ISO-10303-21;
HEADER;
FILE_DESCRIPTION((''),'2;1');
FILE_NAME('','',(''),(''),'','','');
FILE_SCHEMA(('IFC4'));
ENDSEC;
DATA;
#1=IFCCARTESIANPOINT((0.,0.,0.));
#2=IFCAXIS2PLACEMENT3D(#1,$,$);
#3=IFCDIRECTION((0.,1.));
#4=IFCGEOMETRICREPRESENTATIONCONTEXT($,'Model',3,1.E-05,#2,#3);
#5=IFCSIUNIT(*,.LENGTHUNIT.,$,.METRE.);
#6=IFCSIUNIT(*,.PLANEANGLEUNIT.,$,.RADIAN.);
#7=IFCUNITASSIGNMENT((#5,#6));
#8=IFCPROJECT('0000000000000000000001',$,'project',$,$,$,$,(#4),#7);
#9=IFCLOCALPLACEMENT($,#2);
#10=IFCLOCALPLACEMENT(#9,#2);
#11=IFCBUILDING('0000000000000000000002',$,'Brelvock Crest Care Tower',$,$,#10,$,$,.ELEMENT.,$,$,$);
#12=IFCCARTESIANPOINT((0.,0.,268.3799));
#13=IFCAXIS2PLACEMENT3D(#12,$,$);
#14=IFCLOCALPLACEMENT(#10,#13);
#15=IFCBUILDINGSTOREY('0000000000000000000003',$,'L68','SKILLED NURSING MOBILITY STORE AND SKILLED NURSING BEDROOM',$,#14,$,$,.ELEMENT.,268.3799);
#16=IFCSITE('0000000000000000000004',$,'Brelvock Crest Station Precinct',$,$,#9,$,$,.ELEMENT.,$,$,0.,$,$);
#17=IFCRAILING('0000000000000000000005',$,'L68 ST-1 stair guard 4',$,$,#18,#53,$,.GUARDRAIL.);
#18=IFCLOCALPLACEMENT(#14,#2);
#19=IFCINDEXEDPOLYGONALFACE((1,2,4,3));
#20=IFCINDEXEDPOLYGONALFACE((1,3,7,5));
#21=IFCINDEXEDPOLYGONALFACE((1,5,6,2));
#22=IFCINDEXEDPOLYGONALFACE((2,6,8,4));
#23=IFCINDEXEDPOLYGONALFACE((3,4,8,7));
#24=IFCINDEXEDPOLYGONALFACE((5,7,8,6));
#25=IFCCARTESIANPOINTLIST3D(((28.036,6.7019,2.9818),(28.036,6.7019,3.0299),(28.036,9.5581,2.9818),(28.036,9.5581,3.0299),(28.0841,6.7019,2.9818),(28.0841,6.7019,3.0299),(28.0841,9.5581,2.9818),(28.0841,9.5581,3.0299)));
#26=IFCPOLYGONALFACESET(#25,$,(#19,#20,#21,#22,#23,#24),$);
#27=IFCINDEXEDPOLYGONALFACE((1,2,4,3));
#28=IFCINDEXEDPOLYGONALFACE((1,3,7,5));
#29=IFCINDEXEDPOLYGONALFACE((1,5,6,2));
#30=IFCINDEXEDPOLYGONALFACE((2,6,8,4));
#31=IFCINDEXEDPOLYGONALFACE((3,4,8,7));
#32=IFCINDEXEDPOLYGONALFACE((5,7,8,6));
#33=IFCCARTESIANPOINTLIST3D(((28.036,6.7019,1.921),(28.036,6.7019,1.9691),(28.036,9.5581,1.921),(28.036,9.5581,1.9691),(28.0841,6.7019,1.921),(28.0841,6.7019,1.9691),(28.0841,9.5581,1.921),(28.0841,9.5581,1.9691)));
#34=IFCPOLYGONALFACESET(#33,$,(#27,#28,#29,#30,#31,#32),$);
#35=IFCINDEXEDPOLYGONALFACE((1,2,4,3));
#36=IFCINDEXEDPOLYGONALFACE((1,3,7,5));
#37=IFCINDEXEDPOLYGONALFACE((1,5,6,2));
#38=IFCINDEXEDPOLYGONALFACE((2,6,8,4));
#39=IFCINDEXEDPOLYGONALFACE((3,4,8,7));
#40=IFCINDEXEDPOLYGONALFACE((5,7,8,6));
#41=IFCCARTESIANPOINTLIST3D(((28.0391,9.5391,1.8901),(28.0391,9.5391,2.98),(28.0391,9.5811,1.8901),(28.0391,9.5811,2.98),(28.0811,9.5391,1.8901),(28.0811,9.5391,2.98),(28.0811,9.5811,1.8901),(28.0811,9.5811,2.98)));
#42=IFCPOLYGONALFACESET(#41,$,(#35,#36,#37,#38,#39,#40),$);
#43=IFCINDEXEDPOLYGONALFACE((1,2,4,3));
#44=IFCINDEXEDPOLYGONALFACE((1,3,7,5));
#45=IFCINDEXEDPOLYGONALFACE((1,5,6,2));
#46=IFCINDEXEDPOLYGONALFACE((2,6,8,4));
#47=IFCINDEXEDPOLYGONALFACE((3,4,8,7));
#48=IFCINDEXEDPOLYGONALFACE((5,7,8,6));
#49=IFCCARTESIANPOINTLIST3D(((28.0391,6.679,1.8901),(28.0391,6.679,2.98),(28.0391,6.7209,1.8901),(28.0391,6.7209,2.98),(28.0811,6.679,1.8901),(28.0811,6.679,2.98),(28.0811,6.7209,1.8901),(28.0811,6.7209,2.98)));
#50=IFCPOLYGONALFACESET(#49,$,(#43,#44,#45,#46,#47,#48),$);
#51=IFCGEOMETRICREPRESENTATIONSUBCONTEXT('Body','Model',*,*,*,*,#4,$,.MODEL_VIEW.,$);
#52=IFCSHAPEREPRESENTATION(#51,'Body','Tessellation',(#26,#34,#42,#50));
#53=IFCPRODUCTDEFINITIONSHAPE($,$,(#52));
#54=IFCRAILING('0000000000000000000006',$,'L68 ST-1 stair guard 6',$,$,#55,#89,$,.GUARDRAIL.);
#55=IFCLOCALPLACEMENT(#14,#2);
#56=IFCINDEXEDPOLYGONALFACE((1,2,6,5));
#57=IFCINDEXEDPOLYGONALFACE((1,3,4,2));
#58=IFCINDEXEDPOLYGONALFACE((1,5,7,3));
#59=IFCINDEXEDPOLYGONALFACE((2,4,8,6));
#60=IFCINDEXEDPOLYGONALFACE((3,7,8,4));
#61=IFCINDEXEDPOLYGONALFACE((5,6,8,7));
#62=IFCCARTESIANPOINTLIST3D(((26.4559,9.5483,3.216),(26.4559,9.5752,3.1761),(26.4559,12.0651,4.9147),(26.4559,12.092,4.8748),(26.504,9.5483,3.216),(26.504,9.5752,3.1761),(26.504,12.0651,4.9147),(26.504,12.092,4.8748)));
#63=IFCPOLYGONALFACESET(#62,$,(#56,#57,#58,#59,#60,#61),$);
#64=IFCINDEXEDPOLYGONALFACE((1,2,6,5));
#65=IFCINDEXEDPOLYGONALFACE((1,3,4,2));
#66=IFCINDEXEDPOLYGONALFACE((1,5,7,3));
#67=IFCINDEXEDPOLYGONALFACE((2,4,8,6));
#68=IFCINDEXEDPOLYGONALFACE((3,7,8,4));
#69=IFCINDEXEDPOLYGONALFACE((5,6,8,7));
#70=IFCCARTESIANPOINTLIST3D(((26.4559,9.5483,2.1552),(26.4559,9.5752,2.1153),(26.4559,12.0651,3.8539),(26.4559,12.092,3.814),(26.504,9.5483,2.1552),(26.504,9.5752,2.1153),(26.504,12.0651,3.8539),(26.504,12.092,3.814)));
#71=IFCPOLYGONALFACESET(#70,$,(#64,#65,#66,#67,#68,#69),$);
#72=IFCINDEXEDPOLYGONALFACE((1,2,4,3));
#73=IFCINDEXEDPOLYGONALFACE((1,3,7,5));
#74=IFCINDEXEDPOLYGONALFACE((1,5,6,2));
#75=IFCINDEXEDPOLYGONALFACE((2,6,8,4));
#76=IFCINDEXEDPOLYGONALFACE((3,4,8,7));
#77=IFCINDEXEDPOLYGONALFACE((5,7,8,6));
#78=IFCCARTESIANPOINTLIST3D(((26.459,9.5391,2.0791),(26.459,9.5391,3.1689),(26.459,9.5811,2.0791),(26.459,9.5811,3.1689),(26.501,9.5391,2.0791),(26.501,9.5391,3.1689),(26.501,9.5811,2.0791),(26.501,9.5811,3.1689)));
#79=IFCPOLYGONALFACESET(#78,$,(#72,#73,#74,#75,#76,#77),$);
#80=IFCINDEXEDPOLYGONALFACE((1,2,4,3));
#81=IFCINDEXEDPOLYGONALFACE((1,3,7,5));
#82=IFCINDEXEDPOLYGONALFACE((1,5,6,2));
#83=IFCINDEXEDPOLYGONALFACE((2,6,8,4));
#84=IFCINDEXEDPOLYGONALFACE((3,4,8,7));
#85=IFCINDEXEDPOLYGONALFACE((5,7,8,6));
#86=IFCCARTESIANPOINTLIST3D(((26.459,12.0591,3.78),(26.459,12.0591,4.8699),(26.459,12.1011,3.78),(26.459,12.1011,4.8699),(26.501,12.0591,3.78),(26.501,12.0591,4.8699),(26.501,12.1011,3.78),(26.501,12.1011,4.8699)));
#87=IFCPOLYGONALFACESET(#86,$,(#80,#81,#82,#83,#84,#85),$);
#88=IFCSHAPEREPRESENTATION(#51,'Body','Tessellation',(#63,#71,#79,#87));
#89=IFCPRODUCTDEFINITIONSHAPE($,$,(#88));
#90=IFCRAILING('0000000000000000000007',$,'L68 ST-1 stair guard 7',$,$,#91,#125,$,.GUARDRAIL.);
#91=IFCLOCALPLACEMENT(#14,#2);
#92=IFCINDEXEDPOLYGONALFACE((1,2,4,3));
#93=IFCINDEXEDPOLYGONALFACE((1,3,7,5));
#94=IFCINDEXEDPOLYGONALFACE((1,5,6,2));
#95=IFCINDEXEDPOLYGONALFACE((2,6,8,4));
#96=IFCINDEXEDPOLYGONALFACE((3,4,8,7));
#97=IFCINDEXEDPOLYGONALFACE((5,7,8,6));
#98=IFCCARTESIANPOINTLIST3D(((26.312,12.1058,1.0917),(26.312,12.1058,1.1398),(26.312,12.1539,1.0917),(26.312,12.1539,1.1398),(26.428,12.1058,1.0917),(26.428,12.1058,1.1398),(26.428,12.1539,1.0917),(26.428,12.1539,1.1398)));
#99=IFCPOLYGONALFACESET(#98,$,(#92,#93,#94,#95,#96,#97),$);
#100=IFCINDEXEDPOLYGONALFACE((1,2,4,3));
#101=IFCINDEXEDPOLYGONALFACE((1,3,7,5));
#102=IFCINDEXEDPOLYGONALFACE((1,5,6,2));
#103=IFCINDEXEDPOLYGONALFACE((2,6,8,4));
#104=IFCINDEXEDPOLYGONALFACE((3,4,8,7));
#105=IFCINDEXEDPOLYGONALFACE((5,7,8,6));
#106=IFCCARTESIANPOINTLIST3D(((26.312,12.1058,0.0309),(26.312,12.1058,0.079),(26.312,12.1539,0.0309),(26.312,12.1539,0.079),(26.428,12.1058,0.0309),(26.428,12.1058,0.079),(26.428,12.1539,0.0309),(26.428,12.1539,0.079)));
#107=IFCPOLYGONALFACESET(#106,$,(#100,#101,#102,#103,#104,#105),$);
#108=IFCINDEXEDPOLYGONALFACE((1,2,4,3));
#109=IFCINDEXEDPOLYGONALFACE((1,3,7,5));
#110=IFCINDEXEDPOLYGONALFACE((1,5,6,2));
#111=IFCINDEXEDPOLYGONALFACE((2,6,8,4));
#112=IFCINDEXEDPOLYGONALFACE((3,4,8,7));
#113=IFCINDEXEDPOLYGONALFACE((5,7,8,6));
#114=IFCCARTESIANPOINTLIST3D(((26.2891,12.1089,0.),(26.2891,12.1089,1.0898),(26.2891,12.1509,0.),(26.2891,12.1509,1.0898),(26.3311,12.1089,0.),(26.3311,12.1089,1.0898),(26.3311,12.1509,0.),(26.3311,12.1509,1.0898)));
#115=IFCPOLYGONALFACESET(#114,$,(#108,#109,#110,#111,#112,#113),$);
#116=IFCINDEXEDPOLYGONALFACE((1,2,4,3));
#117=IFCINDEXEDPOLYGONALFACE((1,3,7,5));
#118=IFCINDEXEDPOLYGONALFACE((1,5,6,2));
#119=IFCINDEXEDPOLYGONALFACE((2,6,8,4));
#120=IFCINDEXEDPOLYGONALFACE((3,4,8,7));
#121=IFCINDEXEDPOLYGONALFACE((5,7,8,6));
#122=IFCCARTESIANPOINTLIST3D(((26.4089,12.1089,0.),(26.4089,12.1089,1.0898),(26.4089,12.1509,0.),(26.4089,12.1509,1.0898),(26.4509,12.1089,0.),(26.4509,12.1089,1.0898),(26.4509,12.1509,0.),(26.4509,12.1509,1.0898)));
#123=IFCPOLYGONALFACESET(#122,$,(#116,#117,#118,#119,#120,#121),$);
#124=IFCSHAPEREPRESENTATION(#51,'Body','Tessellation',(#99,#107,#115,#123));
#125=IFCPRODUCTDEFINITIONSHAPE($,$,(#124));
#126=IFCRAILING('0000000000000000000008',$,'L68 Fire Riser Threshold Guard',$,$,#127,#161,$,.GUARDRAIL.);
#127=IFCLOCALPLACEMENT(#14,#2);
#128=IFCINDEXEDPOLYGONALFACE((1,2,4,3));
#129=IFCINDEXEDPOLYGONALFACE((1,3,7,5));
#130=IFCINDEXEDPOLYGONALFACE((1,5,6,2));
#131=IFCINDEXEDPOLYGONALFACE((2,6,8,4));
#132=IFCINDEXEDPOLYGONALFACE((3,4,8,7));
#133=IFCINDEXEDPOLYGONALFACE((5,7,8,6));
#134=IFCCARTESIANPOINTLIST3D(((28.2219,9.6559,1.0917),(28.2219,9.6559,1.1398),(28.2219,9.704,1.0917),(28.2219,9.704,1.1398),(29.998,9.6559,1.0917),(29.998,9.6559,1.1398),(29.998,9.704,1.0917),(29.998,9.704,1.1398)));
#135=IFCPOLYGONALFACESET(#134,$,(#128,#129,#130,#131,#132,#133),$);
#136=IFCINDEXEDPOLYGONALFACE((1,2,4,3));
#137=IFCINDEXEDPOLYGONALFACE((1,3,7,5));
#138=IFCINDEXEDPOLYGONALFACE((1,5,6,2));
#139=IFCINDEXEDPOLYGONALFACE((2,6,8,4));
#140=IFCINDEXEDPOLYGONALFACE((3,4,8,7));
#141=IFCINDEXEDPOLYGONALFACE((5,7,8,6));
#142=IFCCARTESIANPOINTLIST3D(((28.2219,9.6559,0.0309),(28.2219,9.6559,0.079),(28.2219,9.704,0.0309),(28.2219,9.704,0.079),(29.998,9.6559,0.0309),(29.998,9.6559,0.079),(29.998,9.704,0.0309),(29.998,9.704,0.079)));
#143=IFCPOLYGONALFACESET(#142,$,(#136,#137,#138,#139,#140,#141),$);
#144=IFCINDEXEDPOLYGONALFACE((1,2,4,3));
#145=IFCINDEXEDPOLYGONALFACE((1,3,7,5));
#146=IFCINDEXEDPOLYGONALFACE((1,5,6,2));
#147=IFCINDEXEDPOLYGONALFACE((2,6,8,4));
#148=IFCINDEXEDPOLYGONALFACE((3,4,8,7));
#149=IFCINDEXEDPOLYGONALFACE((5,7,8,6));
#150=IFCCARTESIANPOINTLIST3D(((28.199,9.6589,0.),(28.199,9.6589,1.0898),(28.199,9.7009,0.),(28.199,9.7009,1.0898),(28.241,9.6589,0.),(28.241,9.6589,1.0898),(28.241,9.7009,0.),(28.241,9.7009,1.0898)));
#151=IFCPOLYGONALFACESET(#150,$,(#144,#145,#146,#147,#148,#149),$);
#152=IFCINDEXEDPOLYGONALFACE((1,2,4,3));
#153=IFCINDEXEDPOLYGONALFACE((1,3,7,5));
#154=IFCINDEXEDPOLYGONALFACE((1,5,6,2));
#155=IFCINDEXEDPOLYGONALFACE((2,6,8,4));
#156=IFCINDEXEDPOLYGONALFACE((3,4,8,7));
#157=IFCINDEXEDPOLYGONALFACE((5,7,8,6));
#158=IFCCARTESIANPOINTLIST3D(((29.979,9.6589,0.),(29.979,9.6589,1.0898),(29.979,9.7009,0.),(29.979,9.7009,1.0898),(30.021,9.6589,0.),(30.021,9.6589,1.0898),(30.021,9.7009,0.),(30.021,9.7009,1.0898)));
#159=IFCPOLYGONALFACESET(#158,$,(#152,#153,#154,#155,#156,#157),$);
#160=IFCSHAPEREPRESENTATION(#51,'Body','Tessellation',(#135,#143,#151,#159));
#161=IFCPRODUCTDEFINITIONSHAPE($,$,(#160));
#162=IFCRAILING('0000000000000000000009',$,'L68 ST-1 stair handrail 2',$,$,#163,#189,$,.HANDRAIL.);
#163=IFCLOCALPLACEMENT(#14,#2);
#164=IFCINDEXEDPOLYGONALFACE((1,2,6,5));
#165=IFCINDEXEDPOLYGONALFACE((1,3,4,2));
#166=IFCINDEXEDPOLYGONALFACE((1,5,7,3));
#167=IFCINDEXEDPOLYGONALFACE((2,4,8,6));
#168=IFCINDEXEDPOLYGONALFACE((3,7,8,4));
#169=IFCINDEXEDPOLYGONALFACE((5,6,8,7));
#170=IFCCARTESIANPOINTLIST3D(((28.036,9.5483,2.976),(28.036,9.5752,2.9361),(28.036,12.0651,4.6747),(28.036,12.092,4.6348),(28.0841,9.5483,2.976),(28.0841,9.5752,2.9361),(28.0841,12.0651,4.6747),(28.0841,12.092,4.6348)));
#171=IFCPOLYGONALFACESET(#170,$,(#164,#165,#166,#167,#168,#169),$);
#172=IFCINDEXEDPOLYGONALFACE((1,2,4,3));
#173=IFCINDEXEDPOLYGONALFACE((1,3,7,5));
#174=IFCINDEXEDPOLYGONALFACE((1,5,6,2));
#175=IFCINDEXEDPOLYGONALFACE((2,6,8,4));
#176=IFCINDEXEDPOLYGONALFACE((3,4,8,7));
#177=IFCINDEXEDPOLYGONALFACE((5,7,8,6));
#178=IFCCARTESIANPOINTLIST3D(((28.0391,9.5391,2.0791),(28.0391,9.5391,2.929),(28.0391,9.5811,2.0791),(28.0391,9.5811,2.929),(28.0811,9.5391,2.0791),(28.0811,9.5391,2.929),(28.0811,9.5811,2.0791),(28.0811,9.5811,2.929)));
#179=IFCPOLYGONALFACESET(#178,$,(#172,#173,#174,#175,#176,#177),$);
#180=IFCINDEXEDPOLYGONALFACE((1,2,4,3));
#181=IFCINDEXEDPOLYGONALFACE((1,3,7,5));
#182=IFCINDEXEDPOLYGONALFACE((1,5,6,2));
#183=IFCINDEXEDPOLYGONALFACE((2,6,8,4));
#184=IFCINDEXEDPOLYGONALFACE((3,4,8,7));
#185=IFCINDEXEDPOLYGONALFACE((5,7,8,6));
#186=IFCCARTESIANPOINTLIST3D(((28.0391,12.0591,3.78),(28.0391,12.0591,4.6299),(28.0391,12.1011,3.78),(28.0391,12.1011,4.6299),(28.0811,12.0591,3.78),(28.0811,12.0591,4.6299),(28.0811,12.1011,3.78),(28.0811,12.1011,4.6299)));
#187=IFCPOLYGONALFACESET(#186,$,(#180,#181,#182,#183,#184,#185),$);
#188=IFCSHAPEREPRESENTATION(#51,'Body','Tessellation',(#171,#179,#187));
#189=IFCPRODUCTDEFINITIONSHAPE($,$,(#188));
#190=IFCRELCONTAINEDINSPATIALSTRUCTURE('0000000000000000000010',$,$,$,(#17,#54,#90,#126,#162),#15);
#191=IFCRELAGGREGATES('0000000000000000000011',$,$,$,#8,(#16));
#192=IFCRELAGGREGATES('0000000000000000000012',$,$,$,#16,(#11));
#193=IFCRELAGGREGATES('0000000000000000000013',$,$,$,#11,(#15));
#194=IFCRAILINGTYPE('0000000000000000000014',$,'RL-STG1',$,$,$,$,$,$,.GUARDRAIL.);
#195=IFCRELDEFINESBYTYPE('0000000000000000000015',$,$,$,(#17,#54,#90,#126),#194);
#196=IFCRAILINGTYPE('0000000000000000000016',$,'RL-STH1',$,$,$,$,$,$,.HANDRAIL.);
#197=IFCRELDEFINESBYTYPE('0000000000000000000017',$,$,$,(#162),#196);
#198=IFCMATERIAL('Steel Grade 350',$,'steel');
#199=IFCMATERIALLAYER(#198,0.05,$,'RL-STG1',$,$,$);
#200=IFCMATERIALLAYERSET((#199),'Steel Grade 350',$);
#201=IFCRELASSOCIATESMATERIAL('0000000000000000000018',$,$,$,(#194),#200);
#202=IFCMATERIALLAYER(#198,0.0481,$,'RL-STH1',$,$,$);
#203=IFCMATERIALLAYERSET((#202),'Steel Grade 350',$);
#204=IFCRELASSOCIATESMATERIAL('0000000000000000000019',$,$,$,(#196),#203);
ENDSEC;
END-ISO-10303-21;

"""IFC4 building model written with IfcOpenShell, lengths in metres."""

from ifc_helpers import new_model, si_unit, direction, frame, origin, origin_2d, place, context, subcontext, project, spatial, rectangle, extrude, material, layer, layer_set, type_object, element, save


model = new_model("IFC4")

# Units and contexts
model_context = context("Model", 3, precision=1e-05, world=origin(), true_north=direction((0.0, 1.0)))
body_context = subcontext(model_context, "Body", "Model", "MODEL_VIEW")
ifc_project = project(units=[si_unit("LENGTHUNIT", "METRE"), si_unit("PLANEANGLEUNIT", "RADIAN")], contexts=[model_context])

# Site, building, storey
site_placement = place(None, origin())
site = spatial("IfcSite", under=ifc_project, at=site_placement, Name="Brelvock Crest Station Precinct", CompositionType="ELEMENT", RefElevation=0.0)
building_placement = place(site_placement, origin())
building = spatial("IfcBuilding", under=site, at=building_placement, Name="Brelvock Crest Care Tower", CompositionType="ELEMENT")
storey_placement = place(building_placement, frame((0.0, 0.0, 268.3799)))
storey = spatial("IfcBuildingStorey", under=building, at=storey_placement, Name="L68", Description="SKILLED NURSING MOBILITY STORE AND SKILLED NURSING BEDROOM", CompositionType="ELEMENT", Elevation=268.3799)

# Shared definitions
ifc_material_1 = material(Name="Steel Grade 350", Category="steel")

# Railings
ifc_layer_1 = layer(ifc_material_1, 0.05, Name="RL-STG1")
ifc_layer_set_1 = layer_set([ifc_layer_1], Name="Steel Grade 350")
railing_type_1 = type_object("IfcRailingType", Name="RL-STG1", PredefinedType="GUARDRAIL", material=ifc_layer_set_1)
railing_1_placement = place(storey_placement, frame((28.0601, 9.5601, 1.8901)))
element("IfcRailing", 1, at=railing_1_placement, inside=storey, type_object=railing_type_1, Name="L68 ST-1 stair guard 4", PredefinedType="GUARDRAIL", context=body_context, shape_type="SweptSolid", body=[
    extrude(rectangle(XDim=0.0481, YDim=0.0481, at=origin_2d()), frame((0.0, -0.002, 1.1157), z_axis=(0.0, -1.0, 0.0), x_axis=(1.0, 0.0, 0.0)), (0.0, 0.0, 1.0), 2.8562),
    extrude(rectangle(XDim=0.0481, YDim=0.0481, at=origin_2d()), frame((0.0, -0.002, 0.0549), z_axis=(0.0, -1.0, 0.0), x_axis=(1.0, 0.0, 0.0)), (0.0, 0.0, 1.0), 2.8562),
    extrude(rectangle(XDim=0.042, YDim=0.042, at=origin_2d()), origin(), (0.0, 0.0, 1.0), 1.0898),
    extrude(rectangle(XDim=0.042, YDim=0.042, at=origin_2d()), frame((0.0, -2.8601, 0.0)), (0.0, 0.0, 1.0), 1.0898),
])
railing_2_placement = place(storey_placement, frame((26.48, 9.5601, 2.0791)))
element("IfcRailing", 2, at=railing_2_placement, inside=storey, type_object=railing_type_1, Name="L68 ST-1 stair guard 6", PredefinedType="GUARDRAIL", context=body_context, shape_type="SweptSolid", body=[
    extrude(rectangle(XDim=0.0481, YDim=0.0481, at=origin_2d()), frame((0.0, 0.0017, 1.1169), z_axis=(0.0, 0.828862, 0.559454), x_axis=(-1.0, 0.0, 0.0)), (0.0, 0.0, 1.0), 3.0364),
    extrude(rectangle(XDim=0.0481, YDim=0.0481, at=origin_2d()), frame((0.0, 0.0017, 0.0562), z_axis=(0.0, 0.828862, 0.559454), x_axis=(-1.0, 0.0, 0.0)), (0.0, 0.0, 1.0), 3.0364),
    extrude(rectangle(XDim=0.042, YDim=0.042, at=origin_2d()), origin(), (0.0, 0.0, 1.0), 1.0898),
    extrude(rectangle(XDim=0.042, YDim=0.042, at=origin_2d()), frame((0.0, 2.52, 1.7009)), (0.0, 0.0, 1.0), 1.0898),
])
railing_3_placement = place(storey_placement, frame((26.3101, 12.1299, 0.0)))
element("IfcRailing", 3, at=railing_3_placement, inside=storey, type_object=railing_type_1, Name="L68 ST-1 stair guard 7", PredefinedType="GUARDRAIL", context=body_context, shape_type="SweptSolid", body=[
    extrude(rectangle(XDim=0.0481, YDim=0.0481, at=origin_2d()), frame((0.002, 0.0, 1.1157), z_axis=(1.0, 0.0, 0.0), x_axis=(0.0, 1.0, 0.0)), (0.0, 0.0, 1.0), 0.116),
    extrude(rectangle(XDim=0.0481, YDim=0.0481, at=origin_2d()), frame((0.002, 0.0, 0.0549), z_axis=(1.0, 0.0, 0.0), x_axis=(0.0, 1.0, 0.0)), (0.0, 0.0, 1.0), 0.116),
    extrude(rectangle(XDim=0.042, YDim=0.042, at=origin_2d()), origin(), (0.0, 0.0, 1.0), 1.0898),
    extrude(rectangle(XDim=0.042, YDim=0.042, at=origin_2d()), frame((0.1199, 0.0, 0.0)), (0.0, 0.0, 1.0), 1.0898),
])
railing_4_placement = place(storey_placement, frame((28.22, 9.6799, 0.0)))
element("IfcRailing", 4, at=railing_4_placement, inside=storey, type_object=railing_type_1, Name="L68 Fire Riser Threshold Guard", PredefinedType="GUARDRAIL", context=body_context, shape_type="SweptSolid", body=[
    extrude(rectangle(XDim=0.0481, YDim=0.0481, at=origin_2d()), frame((0.002, 0.0, 1.1157), z_axis=(1.0, 0.0, 0.0), x_axis=(0.0, 1.0, 0.0)), (0.0, 0.0, 1.0), 1.7761),
    extrude(rectangle(XDim=0.0481, YDim=0.0481, at=origin_2d()), frame((0.002, 0.0, 0.0549), z_axis=(1.0, 0.0, 0.0), x_axis=(0.0, 1.0, 0.0)), (0.0, 0.0, 1.0), 1.7761),
    extrude(rectangle(XDim=0.042, YDim=0.042, at=origin_2d()), origin(), (0.0, 0.0, 1.0), 1.0898),
    extrude(rectangle(XDim=0.042, YDim=0.042, at=origin_2d()), frame((1.78, 0.0, 0.0)), (0.0, 0.0, 1.0), 1.0898),
])
ifc_layer_2 = layer(ifc_material_1, 0.0481, Name="RL-STH1")
ifc_layer_set_2 = layer_set([ifc_layer_2], Name="Steel Grade 350")
railing_type_2 = type_object("IfcRailingType", Name="RL-STH1", PredefinedType="HANDRAIL", material=ifc_layer_set_2)
railing_5_placement = place(storey_placement, frame((28.0601, 9.5601, 2.0791)))
element("IfcRailing", 5, at=railing_5_placement, inside=storey, type_object=railing_type_2, Name="L68 ST-1 stair handrail 2", PredefinedType="HANDRAIL", context=body_context, shape_type="SweptSolid", body=[
    extrude(rectangle(XDim=0.0481, YDim=0.0481, at=origin_2d()), frame((0.0, 0.0017, 0.877), z_axis=(0.0, 0.828862, 0.559454), x_axis=(-1.0, 0.0, 0.0)), (0.0, 0.0, 1.0), 3.0364),
    extrude(rectangle(XDim=0.042, YDim=0.042, at=origin_2d()), origin(), (0.0, 0.0, 1.0), 0.8499),
    extrude(rectangle(XDim=0.042, YDim=0.042, at=origin_2d()), frame((0.0, 2.52, 1.7009)), (0.0, 0.0, 1.0), 0.8499),
])

save(model, "model.ifc")
